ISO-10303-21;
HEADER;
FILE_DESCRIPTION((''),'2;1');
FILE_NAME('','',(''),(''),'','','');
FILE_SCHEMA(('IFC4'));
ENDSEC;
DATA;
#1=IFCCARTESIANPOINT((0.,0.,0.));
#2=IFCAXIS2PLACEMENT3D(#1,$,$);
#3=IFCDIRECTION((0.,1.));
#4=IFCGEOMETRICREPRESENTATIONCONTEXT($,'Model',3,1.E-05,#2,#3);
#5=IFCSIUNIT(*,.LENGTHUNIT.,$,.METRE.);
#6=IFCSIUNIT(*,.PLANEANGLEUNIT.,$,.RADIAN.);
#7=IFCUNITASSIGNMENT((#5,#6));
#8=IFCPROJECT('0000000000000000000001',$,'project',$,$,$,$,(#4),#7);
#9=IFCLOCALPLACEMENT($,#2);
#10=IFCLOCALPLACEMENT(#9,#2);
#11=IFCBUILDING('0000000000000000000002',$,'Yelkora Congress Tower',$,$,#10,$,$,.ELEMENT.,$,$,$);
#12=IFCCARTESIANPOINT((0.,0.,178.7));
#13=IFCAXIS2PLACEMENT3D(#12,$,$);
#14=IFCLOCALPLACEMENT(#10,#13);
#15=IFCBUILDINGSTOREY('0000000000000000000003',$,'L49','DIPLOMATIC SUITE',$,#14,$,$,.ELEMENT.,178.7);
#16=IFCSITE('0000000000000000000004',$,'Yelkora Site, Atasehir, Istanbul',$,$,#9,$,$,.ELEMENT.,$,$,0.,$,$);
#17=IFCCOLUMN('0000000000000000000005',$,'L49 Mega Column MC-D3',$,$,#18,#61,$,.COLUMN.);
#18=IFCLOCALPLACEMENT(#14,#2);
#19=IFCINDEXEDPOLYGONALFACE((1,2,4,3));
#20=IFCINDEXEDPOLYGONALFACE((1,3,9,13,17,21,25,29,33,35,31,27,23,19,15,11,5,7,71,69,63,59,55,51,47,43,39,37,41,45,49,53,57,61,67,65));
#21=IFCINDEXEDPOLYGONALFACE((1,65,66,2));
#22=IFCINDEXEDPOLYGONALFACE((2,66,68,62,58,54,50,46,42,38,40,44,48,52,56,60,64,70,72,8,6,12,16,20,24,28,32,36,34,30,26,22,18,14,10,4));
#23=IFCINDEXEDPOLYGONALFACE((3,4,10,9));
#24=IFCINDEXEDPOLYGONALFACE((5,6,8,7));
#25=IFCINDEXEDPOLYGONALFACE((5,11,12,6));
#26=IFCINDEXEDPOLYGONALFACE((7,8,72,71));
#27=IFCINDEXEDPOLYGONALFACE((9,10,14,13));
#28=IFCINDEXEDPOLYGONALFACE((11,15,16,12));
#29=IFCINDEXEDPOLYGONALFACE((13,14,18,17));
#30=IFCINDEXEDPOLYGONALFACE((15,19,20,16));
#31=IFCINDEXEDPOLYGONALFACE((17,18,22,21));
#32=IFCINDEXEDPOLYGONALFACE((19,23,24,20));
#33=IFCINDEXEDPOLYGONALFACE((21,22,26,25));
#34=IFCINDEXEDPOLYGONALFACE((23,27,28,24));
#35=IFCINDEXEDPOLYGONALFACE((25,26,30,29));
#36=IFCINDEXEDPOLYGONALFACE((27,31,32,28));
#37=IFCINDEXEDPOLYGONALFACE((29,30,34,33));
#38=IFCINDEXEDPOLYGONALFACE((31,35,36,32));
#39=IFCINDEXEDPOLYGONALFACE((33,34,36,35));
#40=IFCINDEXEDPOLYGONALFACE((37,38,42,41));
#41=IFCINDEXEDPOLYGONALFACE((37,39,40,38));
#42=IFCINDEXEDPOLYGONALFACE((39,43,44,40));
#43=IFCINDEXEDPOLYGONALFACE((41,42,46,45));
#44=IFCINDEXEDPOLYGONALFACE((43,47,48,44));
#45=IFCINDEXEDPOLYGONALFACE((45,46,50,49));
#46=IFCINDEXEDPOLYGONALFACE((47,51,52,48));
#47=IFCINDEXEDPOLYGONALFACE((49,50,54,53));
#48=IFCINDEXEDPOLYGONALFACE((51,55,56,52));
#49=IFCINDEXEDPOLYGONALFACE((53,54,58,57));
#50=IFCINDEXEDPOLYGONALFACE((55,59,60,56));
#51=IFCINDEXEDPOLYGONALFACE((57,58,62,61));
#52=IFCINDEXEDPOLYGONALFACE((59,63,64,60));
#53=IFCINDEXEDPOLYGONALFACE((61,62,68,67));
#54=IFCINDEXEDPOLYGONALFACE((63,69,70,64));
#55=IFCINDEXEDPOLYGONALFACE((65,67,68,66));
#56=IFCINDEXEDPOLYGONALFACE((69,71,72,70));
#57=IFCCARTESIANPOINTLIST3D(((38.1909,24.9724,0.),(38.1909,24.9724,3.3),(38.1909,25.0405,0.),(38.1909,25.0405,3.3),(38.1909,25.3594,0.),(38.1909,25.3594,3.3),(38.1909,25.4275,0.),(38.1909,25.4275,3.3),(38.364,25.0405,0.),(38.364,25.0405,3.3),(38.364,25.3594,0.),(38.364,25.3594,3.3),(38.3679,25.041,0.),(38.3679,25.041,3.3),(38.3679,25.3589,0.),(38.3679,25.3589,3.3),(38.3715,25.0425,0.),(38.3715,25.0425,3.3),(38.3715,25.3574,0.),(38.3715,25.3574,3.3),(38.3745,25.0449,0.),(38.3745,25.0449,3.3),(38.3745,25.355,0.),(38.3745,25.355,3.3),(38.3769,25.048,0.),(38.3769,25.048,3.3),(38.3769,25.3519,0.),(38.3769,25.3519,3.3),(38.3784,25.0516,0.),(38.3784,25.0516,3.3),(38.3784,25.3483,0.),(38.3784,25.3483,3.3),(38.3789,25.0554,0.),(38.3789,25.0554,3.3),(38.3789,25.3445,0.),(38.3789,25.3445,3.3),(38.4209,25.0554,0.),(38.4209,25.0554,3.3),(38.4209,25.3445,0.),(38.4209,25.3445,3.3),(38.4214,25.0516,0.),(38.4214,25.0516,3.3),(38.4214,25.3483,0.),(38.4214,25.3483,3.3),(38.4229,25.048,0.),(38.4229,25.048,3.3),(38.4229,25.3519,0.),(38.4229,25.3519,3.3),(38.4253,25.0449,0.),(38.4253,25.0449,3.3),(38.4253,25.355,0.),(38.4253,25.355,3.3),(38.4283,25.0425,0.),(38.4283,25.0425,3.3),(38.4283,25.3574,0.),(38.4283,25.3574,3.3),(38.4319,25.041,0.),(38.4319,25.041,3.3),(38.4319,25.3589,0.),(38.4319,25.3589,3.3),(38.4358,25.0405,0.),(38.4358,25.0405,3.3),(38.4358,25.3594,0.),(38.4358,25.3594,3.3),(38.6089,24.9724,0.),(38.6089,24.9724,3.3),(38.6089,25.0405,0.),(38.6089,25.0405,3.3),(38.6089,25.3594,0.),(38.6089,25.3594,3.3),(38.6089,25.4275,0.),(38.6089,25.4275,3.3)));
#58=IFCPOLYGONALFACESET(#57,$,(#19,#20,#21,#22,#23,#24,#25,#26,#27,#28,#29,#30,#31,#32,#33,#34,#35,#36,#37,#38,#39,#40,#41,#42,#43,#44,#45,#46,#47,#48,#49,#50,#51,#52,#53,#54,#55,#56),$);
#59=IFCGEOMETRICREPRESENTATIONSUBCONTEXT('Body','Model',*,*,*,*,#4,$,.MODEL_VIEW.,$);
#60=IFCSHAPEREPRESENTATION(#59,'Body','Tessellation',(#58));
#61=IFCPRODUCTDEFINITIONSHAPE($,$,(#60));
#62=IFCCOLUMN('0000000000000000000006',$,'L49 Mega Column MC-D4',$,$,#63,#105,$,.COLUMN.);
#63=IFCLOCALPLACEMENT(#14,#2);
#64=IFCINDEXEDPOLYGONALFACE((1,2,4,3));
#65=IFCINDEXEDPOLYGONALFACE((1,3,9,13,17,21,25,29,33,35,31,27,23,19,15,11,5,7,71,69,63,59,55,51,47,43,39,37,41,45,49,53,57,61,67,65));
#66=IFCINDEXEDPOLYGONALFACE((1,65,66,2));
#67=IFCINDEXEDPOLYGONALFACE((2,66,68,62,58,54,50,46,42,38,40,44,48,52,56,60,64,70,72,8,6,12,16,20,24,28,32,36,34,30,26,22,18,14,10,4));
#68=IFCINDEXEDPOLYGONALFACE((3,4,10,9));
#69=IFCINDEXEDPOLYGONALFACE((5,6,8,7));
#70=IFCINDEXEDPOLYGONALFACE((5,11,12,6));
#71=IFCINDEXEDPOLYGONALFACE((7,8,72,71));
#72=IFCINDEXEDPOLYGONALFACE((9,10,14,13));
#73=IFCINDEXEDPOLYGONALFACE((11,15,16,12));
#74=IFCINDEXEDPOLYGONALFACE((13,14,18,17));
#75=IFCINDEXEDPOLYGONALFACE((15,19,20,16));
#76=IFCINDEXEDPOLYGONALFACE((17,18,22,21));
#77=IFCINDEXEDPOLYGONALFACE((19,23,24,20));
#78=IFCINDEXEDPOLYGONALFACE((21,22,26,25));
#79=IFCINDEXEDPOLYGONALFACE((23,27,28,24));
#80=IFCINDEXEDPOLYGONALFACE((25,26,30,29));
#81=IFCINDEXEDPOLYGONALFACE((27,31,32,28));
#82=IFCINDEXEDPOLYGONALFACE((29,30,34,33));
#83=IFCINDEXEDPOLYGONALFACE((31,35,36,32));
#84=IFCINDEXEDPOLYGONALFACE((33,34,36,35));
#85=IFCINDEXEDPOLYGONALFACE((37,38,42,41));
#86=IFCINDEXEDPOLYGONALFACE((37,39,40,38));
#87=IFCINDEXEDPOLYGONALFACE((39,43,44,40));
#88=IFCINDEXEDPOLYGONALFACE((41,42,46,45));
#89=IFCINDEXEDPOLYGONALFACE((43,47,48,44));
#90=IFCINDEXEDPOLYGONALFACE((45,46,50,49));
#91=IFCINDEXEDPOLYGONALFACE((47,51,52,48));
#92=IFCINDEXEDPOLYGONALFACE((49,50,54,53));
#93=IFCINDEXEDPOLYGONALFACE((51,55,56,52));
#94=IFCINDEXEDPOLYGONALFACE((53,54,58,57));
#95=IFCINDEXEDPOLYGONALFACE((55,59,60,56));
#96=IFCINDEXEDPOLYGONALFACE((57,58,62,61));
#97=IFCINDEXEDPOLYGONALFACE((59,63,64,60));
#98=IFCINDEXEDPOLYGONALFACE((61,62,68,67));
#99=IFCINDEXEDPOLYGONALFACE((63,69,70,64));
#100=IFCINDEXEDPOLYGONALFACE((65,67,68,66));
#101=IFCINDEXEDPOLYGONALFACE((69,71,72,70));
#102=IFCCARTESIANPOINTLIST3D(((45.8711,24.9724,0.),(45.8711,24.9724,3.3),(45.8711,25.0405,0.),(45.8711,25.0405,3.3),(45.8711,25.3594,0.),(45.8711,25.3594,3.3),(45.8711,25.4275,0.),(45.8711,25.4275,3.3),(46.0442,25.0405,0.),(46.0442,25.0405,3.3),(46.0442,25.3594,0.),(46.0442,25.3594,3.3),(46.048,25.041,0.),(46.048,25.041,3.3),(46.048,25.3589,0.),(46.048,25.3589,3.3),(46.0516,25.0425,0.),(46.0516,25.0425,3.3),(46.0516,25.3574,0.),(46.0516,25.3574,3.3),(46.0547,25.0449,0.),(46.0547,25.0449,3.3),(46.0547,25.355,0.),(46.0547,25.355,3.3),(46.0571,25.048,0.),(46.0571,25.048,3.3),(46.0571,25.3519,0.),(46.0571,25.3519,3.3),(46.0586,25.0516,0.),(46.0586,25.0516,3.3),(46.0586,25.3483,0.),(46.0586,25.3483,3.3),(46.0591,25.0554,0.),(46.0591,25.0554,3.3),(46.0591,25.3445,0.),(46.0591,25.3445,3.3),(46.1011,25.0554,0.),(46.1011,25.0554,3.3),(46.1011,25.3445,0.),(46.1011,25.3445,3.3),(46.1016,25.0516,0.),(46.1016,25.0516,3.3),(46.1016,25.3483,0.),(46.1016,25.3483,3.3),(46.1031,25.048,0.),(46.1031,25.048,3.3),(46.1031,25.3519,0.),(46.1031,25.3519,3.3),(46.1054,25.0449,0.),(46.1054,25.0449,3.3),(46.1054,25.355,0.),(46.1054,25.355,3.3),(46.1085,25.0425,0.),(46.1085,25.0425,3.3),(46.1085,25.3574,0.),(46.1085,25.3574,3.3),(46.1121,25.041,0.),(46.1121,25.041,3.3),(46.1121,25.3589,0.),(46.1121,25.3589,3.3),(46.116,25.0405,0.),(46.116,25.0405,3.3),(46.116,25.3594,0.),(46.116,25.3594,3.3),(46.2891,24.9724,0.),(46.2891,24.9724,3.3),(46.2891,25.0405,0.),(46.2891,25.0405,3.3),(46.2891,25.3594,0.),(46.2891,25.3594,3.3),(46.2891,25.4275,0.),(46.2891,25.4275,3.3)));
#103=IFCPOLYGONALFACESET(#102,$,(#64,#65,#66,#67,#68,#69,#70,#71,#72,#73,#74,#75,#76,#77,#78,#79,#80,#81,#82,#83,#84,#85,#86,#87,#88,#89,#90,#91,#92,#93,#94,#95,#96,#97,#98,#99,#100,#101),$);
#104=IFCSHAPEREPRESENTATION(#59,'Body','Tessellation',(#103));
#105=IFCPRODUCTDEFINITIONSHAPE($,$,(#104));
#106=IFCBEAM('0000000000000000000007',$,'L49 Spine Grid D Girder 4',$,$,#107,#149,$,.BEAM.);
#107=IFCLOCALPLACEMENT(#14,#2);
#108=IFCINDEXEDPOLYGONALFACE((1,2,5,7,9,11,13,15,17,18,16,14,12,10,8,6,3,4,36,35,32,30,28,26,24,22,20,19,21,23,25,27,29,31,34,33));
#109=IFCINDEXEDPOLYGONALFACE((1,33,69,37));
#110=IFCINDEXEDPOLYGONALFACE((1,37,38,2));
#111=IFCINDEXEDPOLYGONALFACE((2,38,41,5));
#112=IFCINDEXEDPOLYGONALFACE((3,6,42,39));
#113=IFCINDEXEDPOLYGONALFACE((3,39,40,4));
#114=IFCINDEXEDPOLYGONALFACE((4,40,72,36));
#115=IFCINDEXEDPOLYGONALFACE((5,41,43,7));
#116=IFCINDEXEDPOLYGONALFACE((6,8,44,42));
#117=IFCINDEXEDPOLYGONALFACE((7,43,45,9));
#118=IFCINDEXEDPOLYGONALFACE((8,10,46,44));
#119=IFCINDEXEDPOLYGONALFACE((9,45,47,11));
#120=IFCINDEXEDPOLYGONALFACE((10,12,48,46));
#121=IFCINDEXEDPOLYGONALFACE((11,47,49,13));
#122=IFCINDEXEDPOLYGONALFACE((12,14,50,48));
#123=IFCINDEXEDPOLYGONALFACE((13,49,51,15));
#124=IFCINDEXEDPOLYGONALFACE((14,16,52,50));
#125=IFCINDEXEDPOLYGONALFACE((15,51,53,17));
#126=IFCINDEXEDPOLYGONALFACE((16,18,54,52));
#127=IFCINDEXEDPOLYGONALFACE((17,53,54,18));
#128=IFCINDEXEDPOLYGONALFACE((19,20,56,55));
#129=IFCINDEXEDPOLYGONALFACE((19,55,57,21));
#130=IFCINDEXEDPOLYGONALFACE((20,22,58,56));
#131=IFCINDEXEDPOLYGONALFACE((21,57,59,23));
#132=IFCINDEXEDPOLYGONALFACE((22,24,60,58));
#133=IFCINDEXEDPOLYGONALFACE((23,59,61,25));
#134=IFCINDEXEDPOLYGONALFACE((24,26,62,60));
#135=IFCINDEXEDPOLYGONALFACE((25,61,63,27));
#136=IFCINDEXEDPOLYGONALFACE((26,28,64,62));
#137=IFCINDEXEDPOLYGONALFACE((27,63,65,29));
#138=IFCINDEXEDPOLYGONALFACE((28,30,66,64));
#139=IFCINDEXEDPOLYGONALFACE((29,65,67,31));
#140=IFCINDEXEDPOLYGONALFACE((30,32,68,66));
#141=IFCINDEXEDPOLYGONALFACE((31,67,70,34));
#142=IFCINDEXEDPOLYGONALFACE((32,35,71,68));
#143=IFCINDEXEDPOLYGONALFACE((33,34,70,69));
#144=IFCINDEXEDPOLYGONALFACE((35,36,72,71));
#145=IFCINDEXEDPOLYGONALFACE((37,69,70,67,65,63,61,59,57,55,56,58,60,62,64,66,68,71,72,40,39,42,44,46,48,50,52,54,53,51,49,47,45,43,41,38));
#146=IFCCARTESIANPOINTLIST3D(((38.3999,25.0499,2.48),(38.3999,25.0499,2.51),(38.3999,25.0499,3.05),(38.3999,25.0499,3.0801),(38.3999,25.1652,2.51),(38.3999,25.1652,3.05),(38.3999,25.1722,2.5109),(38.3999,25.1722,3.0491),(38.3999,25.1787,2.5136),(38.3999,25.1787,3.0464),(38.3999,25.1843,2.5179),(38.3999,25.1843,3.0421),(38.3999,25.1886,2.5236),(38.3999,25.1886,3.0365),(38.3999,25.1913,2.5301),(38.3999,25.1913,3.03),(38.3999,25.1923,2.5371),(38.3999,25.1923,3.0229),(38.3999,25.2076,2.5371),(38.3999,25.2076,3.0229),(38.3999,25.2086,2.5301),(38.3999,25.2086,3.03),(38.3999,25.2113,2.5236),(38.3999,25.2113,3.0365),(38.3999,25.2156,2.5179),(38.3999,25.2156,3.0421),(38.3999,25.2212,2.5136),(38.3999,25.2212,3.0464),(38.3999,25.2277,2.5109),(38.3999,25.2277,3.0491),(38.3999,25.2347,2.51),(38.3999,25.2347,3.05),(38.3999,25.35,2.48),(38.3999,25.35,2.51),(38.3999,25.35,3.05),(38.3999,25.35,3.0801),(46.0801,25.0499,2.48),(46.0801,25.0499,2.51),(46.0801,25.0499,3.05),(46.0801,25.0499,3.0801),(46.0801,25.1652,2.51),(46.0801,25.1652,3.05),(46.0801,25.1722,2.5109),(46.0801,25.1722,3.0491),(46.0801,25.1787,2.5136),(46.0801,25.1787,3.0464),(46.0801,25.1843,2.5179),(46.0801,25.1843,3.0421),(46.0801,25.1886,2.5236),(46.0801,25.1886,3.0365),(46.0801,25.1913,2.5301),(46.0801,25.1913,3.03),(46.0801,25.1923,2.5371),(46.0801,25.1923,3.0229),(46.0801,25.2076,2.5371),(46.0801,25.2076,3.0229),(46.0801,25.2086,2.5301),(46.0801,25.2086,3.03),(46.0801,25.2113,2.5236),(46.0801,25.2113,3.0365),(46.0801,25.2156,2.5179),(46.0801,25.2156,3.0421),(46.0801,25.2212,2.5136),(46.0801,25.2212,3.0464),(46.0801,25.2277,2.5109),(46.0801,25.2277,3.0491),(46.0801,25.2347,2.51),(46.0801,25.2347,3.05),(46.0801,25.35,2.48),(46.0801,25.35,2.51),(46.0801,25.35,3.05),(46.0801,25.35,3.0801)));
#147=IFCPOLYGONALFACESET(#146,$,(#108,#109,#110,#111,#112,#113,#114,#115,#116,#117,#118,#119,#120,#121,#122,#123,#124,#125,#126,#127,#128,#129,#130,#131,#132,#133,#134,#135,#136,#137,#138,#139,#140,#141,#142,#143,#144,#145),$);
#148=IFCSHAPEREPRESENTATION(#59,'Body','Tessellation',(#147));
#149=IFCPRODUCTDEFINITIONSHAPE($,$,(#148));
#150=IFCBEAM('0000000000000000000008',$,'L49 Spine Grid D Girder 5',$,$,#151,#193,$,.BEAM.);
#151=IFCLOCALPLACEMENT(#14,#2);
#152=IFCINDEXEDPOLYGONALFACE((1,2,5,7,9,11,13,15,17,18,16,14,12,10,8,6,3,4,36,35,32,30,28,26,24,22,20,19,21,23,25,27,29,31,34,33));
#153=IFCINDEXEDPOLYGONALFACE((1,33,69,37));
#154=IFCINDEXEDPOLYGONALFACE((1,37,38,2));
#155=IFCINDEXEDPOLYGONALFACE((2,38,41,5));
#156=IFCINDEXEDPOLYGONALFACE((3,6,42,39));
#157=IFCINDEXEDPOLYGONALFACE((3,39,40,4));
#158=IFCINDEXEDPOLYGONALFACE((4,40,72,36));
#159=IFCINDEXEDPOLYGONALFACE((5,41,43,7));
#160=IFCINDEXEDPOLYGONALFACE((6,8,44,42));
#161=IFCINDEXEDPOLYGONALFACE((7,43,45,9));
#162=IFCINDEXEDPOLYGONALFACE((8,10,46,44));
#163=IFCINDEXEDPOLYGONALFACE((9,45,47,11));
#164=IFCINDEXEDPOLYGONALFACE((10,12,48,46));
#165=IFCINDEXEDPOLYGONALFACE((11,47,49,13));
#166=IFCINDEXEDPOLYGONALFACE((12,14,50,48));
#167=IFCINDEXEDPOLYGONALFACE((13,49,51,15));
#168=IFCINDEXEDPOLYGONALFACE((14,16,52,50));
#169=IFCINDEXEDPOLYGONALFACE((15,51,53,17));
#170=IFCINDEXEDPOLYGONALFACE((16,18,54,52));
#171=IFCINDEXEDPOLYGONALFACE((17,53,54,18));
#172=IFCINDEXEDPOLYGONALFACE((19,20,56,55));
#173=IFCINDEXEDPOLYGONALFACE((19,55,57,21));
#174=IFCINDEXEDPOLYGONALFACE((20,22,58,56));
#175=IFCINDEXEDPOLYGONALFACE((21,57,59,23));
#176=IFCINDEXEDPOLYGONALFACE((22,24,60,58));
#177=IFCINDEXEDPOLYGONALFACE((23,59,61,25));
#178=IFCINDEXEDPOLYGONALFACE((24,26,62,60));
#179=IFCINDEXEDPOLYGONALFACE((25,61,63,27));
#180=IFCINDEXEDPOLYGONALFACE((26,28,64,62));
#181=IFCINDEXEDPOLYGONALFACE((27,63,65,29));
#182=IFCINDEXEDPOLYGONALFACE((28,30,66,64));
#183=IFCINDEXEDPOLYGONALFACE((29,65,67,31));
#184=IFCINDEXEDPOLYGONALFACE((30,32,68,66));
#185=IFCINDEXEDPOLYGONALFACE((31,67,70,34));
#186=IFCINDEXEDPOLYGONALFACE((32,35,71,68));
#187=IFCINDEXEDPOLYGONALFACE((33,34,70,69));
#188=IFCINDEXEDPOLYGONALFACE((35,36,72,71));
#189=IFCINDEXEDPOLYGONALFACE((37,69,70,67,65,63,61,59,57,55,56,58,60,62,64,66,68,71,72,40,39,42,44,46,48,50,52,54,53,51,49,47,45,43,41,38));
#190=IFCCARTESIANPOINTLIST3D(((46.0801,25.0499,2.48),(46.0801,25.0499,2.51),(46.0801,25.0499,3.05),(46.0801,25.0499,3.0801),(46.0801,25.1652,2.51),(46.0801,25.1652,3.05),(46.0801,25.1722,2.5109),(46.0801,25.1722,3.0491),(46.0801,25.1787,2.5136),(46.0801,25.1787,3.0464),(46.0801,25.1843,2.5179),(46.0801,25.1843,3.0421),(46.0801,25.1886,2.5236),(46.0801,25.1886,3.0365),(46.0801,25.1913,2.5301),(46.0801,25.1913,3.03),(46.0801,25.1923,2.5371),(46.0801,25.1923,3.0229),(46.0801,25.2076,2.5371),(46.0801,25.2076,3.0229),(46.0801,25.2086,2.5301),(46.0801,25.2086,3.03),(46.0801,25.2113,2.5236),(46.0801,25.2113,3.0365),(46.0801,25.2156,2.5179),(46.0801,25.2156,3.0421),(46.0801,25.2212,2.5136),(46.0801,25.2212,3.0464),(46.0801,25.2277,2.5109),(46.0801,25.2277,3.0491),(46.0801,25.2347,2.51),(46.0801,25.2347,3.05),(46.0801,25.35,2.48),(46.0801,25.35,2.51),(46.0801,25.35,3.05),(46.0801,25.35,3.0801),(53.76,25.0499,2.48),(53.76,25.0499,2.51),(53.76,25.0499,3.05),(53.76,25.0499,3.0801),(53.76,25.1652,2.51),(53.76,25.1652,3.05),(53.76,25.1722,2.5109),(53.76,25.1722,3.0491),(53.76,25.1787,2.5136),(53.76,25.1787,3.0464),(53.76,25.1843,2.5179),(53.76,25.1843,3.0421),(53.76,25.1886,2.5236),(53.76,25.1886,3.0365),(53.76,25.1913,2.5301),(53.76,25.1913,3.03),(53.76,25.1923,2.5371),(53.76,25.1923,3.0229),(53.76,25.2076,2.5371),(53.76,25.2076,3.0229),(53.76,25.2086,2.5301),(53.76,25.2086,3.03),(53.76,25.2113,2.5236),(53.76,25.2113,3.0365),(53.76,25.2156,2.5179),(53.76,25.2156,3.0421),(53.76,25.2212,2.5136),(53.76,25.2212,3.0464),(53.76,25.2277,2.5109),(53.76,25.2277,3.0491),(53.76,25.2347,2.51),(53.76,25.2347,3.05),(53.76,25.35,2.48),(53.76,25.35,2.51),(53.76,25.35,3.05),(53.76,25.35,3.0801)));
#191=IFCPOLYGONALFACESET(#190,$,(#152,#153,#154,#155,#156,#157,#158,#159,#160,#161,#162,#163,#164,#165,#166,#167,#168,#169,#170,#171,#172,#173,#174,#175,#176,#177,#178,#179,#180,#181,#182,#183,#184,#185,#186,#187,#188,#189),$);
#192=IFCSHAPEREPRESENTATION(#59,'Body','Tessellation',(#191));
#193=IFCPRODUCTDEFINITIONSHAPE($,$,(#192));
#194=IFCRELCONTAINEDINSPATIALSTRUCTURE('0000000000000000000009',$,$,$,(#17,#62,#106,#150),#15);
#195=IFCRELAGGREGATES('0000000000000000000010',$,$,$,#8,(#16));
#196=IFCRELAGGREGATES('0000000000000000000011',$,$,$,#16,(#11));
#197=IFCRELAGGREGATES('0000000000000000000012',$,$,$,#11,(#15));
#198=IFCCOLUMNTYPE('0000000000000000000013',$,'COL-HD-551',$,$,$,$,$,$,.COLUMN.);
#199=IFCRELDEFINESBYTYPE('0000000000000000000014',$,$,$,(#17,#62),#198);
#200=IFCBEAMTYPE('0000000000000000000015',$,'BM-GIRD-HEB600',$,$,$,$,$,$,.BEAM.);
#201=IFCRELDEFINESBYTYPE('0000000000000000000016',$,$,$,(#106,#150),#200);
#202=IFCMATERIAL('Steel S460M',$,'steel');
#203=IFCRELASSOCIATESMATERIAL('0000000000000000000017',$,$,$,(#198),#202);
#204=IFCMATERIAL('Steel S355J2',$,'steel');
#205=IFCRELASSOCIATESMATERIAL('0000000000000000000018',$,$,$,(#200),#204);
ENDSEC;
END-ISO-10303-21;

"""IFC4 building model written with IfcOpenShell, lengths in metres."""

from ifc_helpers import new_model, si_unit, direction, frame, origin, origin_2d, place, context, subcontext, project, spatial, i_section, extrude, material, material_profile, profile_set, type_object, element, save


model = new_model("IFC4")

# Units and contexts
model_context = context("Model", 3, precision=1e-05, world=origin(), true_north=direction((0.0, 1.0)))
body_context = subcontext(model_context, "Body", "Model", "MODEL_VIEW")
ifc_project = project(units=[si_unit("LENGTHUNIT", "METRE"), si_unit("PLANEANGLEUNIT", "RADIAN")], contexts=[model_context])

# Site, building, storey
site_placement = place(None, origin())
site = spatial("IfcSite", under=ifc_project, at=site_placement, Name="Yelkora Site, Atasehir, Istanbul", CompositionType="ELEMENT", RefElevation=0.0)
building_placement = place(site_placement, origin())
building = spatial("IfcBuilding", under=site, at=building_placement, Name="Yelkora Congress Tower", CompositionType="ELEMENT")
storey_placement = place(building_placement, frame((0.0, 0.0, 178.7)))
storey = spatial("IfcBuildingStorey", under=building, at=storey_placement, Name="L49", Description="DIPLOMATIC SUITE", CompositionType="ELEMENT", Elevation=178.7)

# Columns
ifc_material_1 = material(Name="Steel S460M", Category="steel")
ifc_material_profile_1 = material_profile(ifc_material_1, i_section(OverallWidth=0.418, OverallDepth=0.4551, WebThickness=0.042, FlangeThickness=0.0681, FilletRadius=0.0149, at=origin_2d()), Name="HD 400x551")
ifc_profile_set_1 = profile_set([ifc_material_profile_1], Name="Steel S460M")
column_type = type_object("IfcColumnType", Name="COL-HD-551", PredefinedType="COLUMN", material=ifc_profile_set_1)
for number, where, z_axis, x_axis, name in (
    (1, (38.3999, 25.2, 0.0), (0.0, 0.0, 1.0), (1.0, 0.0, 0.0), "L49 Mega Column MC-D3"),
    (2, (46.0801, 25.2, 0.0), (0.0, 0.0, 1.0), (1.0, 0.0, 0.0), "L49 Mega Column MC-D4"),
):
    element("IfcColumn", number, at=place(storey_placement, frame(where, z_axis=z_axis, x_axis=x_axis)), inside=storey, type_object=column_type, Name=name, PredefinedType="COLUMN", context=body_context, shape_type="SweptSolid", body=[
        extrude(i_section(OverallWidth=0.418, OverallDepth=0.4551, WebThickness=0.042, FlangeThickness=0.0681, FilletRadius=0.0149, at=origin_2d()), origin(), (0.0, 0.0, 1.0), 3.3),
    ])

# Beams
ifc_material_2 = material(Name="Steel S355J2", Category="steel")
ifc_material_profile_2 = material_profile(ifc_material_2, i_section(OverallWidth=0.3, OverallDepth=0.6001, WebThickness=0.0154, FlangeThickness=0.03, FilletRadius=0.0271, at=origin_2d()), Name="HEB 600")
ifc_profile_set_2 = profile_set([ifc_material_profile_2], Name="Steel S355J2")
beam_type_1 = type_object("IfcBeamType", Name="BM-GIRD-HEB600", PredefinedType="BEAM", material=ifc_profile_set_2)
beam_1_placement = place(storey_placement, frame((38.3999, 25.2, 2.78), z_axis=(1.0, 0.0, 0.0), x_axis=(0.0, 1.0, 0.0)))
element("IfcBeam", 3, at=beam_1_placement, inside=storey, type_object=beam_type_1, Name="L49 Spine Grid D Girder 4", PredefinedType="BEAM", context=body_context, shape_type="SweptSolid", body=[
    extrude(i_section(OverallWidth=0.3, OverallDepth=0.6001, WebThickness=0.0154, FlangeThickness=0.03, FilletRadius=0.0271, at=origin_2d()), origin(), (0.0, 0.0, 1.0), 7.6802),
])
beam_2_placement = place(storey_placement, frame((46.0801, 25.2, 2.78), z_axis=(1.0, 0.0, 0.0), x_axis=(0.0, 1.0, 0.0)))
element("IfcBeam", 4, at=beam_2_placement, inside=storey, type_object=beam_type_1, Name="L49 Spine Grid D Girder 5", PredefinedType="BEAM", context=body_context, shape_type="SweptSolid", body=[
    extrude(i_section(OverallWidth=0.3, OverallDepth=0.6001, WebThickness=0.0154, FlangeThickness=0.03, FilletRadius=0.0271, at=origin_2d()), origin(), (0.0, 0.0, 1.0), 7.6799),
])

save(model, "model.ifc")
